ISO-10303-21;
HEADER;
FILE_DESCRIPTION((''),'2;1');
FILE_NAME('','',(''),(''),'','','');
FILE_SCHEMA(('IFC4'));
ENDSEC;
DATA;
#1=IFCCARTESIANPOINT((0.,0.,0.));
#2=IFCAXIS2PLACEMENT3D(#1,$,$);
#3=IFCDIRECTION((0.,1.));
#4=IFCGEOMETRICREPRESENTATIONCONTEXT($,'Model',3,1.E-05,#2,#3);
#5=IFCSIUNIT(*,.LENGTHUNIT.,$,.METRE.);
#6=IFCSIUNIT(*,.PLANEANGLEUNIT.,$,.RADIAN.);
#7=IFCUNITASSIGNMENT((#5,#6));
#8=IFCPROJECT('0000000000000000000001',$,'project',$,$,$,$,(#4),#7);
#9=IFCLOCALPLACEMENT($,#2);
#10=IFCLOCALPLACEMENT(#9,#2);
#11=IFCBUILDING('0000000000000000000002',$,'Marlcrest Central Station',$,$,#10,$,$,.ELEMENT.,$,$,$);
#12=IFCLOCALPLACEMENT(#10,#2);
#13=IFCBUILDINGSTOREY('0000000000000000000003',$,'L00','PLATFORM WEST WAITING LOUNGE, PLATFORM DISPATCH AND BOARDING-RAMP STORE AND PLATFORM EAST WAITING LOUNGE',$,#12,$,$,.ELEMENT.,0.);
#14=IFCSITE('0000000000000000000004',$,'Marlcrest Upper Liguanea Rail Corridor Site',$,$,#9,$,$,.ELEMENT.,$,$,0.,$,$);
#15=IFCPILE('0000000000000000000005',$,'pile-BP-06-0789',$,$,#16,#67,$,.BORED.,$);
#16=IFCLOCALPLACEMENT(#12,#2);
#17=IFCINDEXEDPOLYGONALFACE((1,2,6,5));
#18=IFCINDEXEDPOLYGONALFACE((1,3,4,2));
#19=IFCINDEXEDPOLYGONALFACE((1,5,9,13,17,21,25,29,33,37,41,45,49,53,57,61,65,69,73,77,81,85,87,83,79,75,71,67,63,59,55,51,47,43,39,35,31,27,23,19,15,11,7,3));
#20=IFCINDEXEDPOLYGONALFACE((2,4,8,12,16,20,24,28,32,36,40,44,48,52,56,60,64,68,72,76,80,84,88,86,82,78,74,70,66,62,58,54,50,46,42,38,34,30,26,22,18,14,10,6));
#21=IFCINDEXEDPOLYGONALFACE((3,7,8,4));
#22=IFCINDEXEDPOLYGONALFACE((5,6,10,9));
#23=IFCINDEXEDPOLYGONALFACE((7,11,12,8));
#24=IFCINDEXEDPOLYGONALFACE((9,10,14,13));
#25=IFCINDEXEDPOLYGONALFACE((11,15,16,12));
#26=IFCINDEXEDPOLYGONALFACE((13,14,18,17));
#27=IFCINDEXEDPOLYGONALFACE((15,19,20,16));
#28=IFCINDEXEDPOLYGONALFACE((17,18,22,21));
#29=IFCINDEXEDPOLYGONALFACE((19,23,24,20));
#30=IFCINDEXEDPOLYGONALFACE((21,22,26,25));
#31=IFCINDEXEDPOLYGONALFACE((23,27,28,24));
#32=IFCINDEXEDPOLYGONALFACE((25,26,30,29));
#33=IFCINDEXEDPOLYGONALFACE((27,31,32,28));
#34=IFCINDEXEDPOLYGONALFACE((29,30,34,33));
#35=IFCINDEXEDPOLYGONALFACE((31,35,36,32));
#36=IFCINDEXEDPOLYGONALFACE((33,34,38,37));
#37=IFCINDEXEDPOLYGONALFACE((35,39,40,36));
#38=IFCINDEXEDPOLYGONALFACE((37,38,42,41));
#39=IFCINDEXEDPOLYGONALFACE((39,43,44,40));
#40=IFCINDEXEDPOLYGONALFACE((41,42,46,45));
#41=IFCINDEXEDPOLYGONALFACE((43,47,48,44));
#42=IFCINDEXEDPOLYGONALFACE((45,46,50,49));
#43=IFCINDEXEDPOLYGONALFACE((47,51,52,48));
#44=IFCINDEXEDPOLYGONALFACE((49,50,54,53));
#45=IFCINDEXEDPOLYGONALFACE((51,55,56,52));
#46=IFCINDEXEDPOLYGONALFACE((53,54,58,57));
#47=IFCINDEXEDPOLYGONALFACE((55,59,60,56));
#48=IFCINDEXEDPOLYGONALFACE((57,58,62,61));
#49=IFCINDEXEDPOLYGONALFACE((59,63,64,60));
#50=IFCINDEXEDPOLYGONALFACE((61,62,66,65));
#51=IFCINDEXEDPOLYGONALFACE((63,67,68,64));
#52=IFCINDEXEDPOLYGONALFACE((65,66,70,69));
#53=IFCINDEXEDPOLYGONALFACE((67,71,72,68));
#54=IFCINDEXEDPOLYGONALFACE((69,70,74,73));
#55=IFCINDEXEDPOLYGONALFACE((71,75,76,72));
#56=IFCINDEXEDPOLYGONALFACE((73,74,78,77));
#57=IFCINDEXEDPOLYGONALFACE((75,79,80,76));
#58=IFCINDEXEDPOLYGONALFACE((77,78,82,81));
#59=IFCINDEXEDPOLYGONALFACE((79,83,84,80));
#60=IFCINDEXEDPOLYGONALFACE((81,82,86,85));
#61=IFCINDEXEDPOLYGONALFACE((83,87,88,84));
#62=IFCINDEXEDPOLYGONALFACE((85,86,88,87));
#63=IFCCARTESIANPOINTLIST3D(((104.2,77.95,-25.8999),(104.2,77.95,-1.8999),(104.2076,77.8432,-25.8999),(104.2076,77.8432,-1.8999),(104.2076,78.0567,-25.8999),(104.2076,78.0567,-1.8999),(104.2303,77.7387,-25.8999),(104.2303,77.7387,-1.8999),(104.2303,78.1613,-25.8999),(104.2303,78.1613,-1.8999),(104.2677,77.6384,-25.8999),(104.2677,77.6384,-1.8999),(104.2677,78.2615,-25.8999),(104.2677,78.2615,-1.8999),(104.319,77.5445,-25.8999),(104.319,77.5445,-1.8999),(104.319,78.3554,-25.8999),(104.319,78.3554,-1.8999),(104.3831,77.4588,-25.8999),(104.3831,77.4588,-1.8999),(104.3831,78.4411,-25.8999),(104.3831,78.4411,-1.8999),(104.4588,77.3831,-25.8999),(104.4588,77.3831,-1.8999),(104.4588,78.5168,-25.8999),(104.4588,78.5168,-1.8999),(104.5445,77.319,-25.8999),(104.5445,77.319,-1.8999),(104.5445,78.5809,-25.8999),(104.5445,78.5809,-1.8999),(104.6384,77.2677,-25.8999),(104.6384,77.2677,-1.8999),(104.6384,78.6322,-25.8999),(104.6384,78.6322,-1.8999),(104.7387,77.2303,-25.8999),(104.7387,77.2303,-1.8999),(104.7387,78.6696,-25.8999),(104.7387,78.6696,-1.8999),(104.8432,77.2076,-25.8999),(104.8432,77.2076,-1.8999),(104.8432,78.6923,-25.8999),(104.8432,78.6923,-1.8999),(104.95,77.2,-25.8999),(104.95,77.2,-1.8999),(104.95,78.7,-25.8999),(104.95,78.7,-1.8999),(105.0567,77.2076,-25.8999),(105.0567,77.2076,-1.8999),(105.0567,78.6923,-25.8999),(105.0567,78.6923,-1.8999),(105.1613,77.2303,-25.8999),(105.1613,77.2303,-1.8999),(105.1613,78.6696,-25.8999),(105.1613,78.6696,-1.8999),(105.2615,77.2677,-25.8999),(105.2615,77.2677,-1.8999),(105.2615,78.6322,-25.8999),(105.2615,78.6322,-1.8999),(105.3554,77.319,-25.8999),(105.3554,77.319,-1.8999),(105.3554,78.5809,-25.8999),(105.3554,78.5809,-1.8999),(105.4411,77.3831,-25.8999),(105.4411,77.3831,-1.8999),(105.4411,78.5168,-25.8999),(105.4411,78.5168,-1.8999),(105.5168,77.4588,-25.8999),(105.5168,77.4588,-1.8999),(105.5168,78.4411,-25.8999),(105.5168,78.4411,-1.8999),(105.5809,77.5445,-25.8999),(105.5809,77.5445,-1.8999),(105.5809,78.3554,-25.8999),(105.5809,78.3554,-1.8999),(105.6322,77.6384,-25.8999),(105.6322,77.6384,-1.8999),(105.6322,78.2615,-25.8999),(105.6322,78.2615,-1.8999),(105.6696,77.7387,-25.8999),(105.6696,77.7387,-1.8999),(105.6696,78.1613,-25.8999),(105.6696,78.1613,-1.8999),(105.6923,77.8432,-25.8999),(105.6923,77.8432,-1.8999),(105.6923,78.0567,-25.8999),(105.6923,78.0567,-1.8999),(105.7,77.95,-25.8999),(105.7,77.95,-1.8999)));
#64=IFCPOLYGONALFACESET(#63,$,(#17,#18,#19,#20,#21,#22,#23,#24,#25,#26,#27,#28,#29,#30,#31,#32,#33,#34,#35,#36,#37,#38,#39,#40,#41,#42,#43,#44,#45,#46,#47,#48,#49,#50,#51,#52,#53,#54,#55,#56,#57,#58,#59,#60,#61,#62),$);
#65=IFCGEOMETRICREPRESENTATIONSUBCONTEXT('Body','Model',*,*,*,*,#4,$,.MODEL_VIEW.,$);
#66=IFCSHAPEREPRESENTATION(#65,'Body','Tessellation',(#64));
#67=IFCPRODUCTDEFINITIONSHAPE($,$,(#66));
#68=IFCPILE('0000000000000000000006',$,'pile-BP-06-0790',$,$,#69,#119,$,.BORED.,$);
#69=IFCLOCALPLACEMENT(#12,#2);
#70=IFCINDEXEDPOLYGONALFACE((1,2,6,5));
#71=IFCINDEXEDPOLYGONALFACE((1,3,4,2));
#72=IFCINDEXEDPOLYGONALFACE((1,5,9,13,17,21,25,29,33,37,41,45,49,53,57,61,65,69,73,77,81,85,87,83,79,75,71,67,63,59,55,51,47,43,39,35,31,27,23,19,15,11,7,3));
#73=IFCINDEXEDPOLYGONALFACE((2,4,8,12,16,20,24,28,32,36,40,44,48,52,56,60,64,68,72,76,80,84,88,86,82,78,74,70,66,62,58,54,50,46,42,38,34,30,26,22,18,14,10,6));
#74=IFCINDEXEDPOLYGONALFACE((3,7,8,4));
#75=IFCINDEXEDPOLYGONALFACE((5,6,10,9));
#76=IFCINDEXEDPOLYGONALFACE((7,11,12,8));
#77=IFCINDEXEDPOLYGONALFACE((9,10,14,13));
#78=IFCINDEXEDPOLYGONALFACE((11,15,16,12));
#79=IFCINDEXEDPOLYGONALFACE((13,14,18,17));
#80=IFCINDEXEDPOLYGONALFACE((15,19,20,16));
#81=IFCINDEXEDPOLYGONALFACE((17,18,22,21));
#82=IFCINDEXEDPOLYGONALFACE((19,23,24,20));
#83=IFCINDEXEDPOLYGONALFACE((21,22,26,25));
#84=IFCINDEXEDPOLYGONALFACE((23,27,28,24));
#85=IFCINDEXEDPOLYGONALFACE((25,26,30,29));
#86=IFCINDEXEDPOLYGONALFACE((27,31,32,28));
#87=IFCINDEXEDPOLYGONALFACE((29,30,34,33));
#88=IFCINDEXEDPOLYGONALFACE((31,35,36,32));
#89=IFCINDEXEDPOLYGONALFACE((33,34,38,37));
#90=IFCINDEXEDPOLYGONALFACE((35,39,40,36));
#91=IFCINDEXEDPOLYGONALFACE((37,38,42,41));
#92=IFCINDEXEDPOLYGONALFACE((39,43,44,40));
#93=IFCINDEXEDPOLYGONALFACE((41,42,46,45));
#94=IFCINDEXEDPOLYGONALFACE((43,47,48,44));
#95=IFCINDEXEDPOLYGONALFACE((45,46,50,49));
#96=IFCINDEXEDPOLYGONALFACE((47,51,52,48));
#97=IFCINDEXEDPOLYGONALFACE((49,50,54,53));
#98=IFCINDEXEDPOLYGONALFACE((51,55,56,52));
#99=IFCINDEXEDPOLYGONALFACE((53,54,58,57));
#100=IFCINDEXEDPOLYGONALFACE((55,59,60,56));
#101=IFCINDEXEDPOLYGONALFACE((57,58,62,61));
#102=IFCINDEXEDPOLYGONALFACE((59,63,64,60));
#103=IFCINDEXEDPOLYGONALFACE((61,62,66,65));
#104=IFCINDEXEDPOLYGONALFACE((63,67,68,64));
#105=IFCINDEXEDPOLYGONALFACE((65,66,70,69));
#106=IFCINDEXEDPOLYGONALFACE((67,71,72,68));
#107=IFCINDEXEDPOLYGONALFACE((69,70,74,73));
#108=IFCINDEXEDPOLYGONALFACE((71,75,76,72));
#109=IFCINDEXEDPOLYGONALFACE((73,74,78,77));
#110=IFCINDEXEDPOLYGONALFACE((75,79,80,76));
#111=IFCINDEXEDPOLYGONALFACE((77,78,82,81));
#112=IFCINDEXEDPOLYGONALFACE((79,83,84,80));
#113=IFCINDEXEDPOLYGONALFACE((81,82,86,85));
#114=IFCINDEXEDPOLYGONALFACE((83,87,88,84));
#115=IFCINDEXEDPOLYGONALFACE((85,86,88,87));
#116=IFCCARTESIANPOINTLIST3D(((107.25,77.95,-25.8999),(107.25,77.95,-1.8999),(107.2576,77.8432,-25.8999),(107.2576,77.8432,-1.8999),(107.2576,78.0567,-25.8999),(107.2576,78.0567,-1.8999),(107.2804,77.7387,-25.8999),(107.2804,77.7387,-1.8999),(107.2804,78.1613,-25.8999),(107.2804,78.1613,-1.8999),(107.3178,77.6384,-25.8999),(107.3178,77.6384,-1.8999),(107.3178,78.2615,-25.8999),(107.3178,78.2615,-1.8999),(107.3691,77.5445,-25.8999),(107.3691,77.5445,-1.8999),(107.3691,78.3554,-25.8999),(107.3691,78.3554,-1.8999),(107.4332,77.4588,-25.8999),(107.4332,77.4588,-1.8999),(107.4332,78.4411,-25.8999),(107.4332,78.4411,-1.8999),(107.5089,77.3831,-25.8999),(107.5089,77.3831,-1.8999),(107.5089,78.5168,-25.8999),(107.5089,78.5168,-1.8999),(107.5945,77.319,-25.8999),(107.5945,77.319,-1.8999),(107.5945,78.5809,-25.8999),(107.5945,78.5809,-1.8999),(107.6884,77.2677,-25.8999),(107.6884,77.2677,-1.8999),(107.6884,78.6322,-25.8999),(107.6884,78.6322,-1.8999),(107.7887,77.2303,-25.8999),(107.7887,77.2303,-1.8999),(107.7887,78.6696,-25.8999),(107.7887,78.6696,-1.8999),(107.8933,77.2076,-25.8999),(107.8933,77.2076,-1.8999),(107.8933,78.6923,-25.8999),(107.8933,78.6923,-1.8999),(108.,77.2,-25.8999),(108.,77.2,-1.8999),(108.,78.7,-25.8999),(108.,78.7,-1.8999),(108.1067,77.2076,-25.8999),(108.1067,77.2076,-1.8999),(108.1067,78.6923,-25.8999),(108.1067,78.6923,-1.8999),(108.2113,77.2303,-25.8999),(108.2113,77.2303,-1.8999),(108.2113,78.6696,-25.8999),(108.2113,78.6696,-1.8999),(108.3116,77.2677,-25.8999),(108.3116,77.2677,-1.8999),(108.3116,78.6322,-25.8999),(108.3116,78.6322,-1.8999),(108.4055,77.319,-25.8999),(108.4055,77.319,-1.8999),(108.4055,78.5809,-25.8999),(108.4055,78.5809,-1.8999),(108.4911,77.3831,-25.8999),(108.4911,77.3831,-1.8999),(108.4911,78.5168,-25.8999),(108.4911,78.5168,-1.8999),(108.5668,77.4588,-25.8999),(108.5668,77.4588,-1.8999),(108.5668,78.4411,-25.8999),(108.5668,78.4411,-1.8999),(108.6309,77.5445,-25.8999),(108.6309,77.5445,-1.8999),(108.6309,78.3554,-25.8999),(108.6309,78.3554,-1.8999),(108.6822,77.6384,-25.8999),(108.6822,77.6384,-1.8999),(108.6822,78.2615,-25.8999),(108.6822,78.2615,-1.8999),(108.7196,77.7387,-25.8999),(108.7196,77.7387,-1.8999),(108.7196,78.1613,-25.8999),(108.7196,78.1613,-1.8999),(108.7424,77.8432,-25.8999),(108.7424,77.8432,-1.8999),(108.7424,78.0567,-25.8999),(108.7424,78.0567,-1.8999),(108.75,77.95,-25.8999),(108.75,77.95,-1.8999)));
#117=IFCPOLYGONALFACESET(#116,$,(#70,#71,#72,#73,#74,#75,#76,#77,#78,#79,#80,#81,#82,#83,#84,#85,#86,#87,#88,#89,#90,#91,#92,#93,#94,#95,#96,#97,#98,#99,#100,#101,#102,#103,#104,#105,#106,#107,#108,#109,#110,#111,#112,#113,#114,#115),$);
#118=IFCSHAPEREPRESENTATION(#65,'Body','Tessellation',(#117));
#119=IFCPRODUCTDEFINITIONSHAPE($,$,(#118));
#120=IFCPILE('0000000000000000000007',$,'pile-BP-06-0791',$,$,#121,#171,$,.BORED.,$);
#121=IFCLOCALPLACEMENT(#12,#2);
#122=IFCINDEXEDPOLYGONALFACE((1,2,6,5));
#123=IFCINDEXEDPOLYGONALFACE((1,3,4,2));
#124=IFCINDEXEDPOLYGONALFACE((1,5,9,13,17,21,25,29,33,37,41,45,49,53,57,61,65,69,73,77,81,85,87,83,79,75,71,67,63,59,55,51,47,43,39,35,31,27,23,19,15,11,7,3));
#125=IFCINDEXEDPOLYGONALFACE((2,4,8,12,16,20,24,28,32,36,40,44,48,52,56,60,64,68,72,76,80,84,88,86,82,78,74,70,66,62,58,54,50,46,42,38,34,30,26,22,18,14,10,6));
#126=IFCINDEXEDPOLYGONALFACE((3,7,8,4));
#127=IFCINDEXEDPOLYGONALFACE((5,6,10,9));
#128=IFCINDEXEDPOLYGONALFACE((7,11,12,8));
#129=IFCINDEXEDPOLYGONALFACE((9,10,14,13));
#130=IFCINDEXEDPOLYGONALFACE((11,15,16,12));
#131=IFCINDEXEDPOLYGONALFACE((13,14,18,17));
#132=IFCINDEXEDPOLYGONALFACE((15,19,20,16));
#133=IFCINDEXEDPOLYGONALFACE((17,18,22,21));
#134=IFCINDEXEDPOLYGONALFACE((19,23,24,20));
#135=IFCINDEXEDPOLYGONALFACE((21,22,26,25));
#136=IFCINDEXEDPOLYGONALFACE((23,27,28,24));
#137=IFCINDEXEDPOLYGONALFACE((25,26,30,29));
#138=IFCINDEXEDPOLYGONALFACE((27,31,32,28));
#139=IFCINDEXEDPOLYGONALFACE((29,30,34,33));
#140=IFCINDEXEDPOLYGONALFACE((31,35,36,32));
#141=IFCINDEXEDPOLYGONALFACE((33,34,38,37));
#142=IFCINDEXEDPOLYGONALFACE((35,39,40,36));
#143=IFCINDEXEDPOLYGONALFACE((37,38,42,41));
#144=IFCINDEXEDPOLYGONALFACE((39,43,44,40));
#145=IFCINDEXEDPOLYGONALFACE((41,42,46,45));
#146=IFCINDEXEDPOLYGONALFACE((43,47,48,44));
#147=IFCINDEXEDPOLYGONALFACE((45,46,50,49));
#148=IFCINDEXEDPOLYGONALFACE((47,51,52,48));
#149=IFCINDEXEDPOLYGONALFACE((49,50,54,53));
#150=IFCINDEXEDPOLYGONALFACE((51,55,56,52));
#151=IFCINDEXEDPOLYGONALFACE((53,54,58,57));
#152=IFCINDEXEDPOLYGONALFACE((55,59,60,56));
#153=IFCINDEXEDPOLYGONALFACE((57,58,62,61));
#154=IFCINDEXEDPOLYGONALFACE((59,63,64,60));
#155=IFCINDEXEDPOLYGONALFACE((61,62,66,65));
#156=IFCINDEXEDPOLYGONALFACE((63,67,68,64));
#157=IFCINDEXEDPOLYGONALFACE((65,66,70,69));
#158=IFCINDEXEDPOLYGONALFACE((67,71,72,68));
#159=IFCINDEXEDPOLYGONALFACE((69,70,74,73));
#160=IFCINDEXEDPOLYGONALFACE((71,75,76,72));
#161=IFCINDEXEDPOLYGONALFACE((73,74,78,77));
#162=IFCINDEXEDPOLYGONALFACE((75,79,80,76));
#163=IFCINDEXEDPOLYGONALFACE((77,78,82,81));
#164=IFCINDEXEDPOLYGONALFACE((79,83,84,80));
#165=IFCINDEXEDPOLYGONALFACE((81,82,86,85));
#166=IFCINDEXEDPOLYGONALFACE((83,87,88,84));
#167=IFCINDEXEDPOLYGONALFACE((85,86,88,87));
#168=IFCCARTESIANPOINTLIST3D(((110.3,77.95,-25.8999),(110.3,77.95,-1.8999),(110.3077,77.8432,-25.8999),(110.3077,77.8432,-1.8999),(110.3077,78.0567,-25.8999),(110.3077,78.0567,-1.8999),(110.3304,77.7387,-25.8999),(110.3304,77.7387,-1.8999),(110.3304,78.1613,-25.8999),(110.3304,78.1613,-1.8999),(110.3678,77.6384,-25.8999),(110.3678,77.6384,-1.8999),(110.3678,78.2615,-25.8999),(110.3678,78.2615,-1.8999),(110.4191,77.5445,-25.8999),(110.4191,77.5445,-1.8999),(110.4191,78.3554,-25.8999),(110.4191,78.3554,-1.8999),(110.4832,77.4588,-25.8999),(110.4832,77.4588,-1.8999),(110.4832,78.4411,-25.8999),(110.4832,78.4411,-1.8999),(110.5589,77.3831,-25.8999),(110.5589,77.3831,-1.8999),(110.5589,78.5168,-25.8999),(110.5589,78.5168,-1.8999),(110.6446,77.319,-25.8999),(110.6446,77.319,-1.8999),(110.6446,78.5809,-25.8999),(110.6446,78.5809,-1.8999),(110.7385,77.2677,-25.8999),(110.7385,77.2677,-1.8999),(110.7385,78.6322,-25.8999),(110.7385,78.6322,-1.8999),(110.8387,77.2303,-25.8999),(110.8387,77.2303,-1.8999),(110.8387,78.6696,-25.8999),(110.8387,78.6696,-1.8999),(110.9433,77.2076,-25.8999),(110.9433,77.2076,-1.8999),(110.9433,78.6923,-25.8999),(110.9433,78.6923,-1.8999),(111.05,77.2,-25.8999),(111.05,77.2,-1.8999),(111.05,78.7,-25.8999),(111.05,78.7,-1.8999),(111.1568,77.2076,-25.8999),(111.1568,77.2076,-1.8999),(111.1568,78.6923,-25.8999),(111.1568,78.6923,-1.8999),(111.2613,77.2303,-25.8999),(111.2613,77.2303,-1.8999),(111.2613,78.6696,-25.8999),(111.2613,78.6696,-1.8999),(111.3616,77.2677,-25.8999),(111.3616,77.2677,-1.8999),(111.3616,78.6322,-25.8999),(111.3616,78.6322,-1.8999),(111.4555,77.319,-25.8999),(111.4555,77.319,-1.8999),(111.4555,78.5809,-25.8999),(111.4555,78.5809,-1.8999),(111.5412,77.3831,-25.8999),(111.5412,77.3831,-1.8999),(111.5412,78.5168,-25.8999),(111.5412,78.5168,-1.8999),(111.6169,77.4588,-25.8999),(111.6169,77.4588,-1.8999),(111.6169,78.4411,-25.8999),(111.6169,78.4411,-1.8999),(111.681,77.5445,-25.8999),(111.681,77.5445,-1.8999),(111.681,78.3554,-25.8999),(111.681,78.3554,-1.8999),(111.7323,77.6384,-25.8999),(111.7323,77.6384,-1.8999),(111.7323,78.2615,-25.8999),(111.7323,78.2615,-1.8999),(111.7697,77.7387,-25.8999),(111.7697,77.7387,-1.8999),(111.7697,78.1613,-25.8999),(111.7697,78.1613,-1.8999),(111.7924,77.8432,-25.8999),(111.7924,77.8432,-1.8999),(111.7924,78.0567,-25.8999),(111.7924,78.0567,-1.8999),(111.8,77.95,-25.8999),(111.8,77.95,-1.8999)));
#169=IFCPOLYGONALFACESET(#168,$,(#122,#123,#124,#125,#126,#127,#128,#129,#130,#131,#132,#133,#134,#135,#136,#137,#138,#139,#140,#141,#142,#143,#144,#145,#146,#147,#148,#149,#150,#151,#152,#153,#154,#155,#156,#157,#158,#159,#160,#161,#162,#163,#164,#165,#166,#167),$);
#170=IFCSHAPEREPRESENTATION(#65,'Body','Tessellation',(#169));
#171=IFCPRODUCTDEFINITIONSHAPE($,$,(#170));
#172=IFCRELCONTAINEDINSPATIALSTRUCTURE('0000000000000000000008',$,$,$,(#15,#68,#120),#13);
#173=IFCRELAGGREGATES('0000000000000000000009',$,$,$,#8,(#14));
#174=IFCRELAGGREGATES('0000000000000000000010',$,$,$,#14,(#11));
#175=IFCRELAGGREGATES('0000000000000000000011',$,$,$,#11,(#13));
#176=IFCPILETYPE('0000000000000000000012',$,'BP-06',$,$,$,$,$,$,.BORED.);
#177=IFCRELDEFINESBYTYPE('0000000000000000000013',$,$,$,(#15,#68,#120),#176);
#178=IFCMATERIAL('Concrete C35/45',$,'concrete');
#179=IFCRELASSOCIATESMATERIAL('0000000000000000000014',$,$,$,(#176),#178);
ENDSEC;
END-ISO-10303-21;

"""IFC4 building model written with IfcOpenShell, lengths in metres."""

from ifc_helpers import new_model, si_unit, direction, frame, origin, origin_2d, place, context, subcontext, project, spatial, circle, extrude, material, material_profile, profile_set, type_object, element, save


model = new_model("IFC4")

# Units and contexts
model_context = context("Model", 3, precision=1e-05, world=origin(), true_north=direction((0.0, 1.0)))
body_context = subcontext(model_context, "Body", "Model", "MODEL_VIEW")
ifc_project = project(units=[si_unit("LENGTHUNIT", "METRE"), si_unit("PLANEANGLEUNIT", "RADIAN")], contexts=[model_context])

# Site, building, storey
site_placement = place(None, origin())
site = spatial("IfcSite", under=ifc_project, at=site_placement, Name="Marlcrest Upper Liguanea Rail Corridor Site", CompositionType="ELEMENT", RefElevation=0.0)
building_placement = place(site_placement, origin())
building = spatial("IfcBuilding", under=site, at=building_placement, Name="Marlcrest Central Station", CompositionType="ELEMENT")
storey_placement = place(building_placement, origin())
storey = spatial("IfcBuildingStorey", under=building, at=storey_placement, Name="L00", Description="PLATFORM WEST WAITING LOUNGE, PLATFORM DISPATCH AND BOARDING-RAMP STORE AND PLATFORM EAST WAITING LOUNGE", CompositionType="ELEMENT", Elevation=0.0)

# Piles
ifc_material_1 = material(Name="Concrete C35/45", Category="concrete")
ifc_material_profile_1 = material_profile(ifc_material_1, circle(Radius=0.75, at=origin_2d()), Name="PILE D1500")
ifc_profile_set_1 = profile_set([ifc_material_profile_1], Name="Concrete C35/45")
pile_type_1 = type_object("IfcPileType", Name="BP-06", PredefinedType="BORED", material=ifc_profile_set_1)
for number, where, z_axis, x_axis, name in (
    (1, (104.95, 77.95, -1.8999), (0.0, 0.0, -1.0), (1.0, 0.0, 0.0), "pile-BP-06-0789"),
    (2, (108.0, 77.95, -1.8999), (0.0, 0.0, -1.0), (1.0, 0.0, 0.0), "pile-BP-06-0790"),
    (3, (111.05, 77.95, -1.8999), (0.0, 0.0, -1.0), (1.0, 0.0, 0.0), "pile-BP-06-0791"),
):
    element("IfcPile", number, at=place(storey_placement, frame(where, z_axis=z_axis, x_axis=x_axis)), inside=storey, type_object=pile_type_1, Name=name, PredefinedType="BORED", context=body_context, shape_type="SweptSolid", body=[
        extrude(circle(Radius=0.75, at=origin_2d()), origin(), (0.0, 0.0, 1.0), 24.0),
    ])

save(model, "model.ifc")
